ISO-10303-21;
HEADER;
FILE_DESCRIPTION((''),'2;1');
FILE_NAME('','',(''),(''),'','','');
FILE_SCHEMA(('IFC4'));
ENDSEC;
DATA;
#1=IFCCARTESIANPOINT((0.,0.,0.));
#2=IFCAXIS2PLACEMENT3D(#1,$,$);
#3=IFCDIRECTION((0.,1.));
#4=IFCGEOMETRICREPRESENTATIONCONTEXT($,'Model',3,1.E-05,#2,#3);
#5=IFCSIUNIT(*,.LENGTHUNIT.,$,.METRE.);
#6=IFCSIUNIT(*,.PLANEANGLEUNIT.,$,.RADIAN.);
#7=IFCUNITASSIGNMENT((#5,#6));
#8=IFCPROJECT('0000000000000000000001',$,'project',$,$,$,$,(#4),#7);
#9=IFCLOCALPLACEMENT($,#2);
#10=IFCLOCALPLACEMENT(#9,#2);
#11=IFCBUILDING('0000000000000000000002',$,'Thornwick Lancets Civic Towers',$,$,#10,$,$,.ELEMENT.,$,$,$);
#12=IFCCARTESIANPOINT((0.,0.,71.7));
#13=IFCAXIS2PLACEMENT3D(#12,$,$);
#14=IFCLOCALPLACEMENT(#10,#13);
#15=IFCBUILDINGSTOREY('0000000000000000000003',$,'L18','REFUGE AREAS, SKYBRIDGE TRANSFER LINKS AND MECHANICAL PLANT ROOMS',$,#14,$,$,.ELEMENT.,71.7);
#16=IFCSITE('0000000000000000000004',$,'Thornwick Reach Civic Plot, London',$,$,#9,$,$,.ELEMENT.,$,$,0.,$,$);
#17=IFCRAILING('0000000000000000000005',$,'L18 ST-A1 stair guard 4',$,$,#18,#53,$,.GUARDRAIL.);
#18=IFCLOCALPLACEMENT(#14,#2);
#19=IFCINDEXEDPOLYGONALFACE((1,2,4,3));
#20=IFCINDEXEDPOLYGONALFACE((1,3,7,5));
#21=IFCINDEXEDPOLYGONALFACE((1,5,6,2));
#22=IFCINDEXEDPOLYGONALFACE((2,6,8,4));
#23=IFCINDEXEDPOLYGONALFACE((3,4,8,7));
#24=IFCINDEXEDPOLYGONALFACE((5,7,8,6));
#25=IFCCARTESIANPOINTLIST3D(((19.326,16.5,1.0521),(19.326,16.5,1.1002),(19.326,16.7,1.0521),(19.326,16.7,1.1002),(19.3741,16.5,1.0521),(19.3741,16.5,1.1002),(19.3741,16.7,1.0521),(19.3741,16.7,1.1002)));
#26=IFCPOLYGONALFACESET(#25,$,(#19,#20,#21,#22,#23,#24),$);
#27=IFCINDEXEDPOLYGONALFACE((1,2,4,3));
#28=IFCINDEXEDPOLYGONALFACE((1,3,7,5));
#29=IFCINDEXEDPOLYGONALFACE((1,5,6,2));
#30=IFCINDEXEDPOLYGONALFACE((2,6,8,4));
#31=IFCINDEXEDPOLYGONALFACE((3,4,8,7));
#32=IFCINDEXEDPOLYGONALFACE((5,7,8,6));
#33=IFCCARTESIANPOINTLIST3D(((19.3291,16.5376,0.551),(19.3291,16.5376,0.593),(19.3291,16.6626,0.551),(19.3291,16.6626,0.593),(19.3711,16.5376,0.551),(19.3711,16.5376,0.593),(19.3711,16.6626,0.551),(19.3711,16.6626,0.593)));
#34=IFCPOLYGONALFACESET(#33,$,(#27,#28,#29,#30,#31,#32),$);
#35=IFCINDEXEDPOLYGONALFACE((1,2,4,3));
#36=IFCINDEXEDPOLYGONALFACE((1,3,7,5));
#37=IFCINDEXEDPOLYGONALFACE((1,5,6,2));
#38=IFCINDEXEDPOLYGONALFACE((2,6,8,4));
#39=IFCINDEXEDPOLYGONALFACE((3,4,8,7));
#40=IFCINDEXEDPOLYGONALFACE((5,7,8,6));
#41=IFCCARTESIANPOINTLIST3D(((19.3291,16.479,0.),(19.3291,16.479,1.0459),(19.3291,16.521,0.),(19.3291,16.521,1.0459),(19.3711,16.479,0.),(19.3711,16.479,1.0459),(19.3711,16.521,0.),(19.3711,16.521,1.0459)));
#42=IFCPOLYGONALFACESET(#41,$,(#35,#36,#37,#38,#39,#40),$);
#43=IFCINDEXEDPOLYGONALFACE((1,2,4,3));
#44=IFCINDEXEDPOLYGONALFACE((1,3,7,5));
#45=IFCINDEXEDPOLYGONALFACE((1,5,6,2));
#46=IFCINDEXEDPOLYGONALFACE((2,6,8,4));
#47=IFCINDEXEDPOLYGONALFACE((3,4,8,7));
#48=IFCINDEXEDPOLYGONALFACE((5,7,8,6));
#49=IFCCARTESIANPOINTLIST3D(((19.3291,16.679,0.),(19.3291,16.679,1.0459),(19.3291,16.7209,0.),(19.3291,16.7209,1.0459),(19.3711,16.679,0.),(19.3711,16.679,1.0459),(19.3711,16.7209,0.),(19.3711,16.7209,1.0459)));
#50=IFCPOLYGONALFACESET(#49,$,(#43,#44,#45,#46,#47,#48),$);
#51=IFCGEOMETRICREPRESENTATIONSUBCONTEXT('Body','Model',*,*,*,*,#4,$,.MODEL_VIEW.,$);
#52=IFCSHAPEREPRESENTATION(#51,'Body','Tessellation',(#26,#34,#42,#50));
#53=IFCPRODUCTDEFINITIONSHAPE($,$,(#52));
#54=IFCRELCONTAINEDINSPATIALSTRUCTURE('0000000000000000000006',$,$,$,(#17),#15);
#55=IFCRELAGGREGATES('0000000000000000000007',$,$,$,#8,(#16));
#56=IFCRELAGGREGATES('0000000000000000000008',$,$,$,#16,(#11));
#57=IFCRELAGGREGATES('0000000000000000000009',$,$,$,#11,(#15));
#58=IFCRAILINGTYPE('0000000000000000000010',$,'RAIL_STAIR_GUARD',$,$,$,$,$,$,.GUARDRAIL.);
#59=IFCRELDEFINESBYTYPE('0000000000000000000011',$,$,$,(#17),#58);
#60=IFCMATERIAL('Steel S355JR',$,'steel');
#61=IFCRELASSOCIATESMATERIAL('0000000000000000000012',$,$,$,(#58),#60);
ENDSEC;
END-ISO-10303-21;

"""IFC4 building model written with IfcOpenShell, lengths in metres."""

from ifc_helpers import new_model, si_unit, direction, frame, origin, origin_2d, place, context, subcontext, project, spatial, rectangle, extrude, material, type_object, element, save


model = new_model("IFC4")

# Units and contexts
model_context = context("Model", 3, precision=1e-05, world=origin(), true_north=direction((0.0, 1.0)))
body_context = subcontext(model_context, "Body", "Model", "MODEL_VIEW")
ifc_project = project(units=[si_unit("LENGTHUNIT", "METRE"), si_unit("PLANEANGLEUNIT", "RADIAN")], contexts=[model_context])

# Site, building, storey
site_placement = place(None, origin())
site = spatial("IfcSite", under=ifc_project, at=site_placement, Name="Thornwick Reach Civic Plot, London", CompositionType="ELEMENT", RefElevation=0.0)
building_placement = place(site_placement, origin())
building = spatial("IfcBuilding", under=site, at=building_placement, Name="Thornwick Lancets Civic Towers", CompositionType="ELEMENT")
storey_placement = place(building_placement, frame((0.0, 0.0, 71.7)))
storey = spatial("IfcBuildingStorey", under=building, at=storey_placement, Name="L18", Description="REFUGE AREAS, SKYBRIDGE TRANSFER LINKS AND MECHANICAL PLANT ROOMS", CompositionType="ELEMENT", Elevation=71.7)

# Shared definitions
ifc_material_1 = material(Name="Steel S355JR", Category="steel")

# Railing
railing_type_1 = type_object("IfcRailingType", Name="RAIL_STAIR_GUARD", PredefinedType="GUARDRAIL", material=ifc_material_1)
railing_1_placement = place(storey_placement, frame((19.3501, 16.5, 0.0)))
element("IfcRailing", 1, at=railing_1_placement, inside=storey, type_object=railing_type_1, Name="L18 ST-A1 stair guard 4", PredefinedType="GUARDRAIL", context=body_context, shape_type="SweptSolid", body=[
    extrude(rectangle(XDim=0.0481, YDim=0.0481, at=origin_2d()), frame((0.0, 0.0, 1.0762), z_axis=(0.0, 1.0, 0.0), x_axis=(-1.0, 0.0, 0.0)), (0.0, 0.0, 1.0), 0.2),
    extrude(rectangle(XDim=0.042, YDim=0.042, at=origin_2d()), frame((0.0, 0.0376, 0.572), z_axis=(0.0, 1.0, 0.0), x_axis=(-1.0, 0.0, 0.0)), (0.0, 0.0, 1.0), 0.125),
    extrude(rectangle(XDim=0.042, YDim=0.042, at=origin_2d()), origin(), (0.0, 0.0, 1.0), 1.0459),
    extrude(rectangle(XDim=0.042, YDim=0.042, at=origin_2d()), frame((0.0, 0.2, 0.0)), (0.0, 0.0, 1.0), 1.0459),
])

save(model, "model.ifc")
